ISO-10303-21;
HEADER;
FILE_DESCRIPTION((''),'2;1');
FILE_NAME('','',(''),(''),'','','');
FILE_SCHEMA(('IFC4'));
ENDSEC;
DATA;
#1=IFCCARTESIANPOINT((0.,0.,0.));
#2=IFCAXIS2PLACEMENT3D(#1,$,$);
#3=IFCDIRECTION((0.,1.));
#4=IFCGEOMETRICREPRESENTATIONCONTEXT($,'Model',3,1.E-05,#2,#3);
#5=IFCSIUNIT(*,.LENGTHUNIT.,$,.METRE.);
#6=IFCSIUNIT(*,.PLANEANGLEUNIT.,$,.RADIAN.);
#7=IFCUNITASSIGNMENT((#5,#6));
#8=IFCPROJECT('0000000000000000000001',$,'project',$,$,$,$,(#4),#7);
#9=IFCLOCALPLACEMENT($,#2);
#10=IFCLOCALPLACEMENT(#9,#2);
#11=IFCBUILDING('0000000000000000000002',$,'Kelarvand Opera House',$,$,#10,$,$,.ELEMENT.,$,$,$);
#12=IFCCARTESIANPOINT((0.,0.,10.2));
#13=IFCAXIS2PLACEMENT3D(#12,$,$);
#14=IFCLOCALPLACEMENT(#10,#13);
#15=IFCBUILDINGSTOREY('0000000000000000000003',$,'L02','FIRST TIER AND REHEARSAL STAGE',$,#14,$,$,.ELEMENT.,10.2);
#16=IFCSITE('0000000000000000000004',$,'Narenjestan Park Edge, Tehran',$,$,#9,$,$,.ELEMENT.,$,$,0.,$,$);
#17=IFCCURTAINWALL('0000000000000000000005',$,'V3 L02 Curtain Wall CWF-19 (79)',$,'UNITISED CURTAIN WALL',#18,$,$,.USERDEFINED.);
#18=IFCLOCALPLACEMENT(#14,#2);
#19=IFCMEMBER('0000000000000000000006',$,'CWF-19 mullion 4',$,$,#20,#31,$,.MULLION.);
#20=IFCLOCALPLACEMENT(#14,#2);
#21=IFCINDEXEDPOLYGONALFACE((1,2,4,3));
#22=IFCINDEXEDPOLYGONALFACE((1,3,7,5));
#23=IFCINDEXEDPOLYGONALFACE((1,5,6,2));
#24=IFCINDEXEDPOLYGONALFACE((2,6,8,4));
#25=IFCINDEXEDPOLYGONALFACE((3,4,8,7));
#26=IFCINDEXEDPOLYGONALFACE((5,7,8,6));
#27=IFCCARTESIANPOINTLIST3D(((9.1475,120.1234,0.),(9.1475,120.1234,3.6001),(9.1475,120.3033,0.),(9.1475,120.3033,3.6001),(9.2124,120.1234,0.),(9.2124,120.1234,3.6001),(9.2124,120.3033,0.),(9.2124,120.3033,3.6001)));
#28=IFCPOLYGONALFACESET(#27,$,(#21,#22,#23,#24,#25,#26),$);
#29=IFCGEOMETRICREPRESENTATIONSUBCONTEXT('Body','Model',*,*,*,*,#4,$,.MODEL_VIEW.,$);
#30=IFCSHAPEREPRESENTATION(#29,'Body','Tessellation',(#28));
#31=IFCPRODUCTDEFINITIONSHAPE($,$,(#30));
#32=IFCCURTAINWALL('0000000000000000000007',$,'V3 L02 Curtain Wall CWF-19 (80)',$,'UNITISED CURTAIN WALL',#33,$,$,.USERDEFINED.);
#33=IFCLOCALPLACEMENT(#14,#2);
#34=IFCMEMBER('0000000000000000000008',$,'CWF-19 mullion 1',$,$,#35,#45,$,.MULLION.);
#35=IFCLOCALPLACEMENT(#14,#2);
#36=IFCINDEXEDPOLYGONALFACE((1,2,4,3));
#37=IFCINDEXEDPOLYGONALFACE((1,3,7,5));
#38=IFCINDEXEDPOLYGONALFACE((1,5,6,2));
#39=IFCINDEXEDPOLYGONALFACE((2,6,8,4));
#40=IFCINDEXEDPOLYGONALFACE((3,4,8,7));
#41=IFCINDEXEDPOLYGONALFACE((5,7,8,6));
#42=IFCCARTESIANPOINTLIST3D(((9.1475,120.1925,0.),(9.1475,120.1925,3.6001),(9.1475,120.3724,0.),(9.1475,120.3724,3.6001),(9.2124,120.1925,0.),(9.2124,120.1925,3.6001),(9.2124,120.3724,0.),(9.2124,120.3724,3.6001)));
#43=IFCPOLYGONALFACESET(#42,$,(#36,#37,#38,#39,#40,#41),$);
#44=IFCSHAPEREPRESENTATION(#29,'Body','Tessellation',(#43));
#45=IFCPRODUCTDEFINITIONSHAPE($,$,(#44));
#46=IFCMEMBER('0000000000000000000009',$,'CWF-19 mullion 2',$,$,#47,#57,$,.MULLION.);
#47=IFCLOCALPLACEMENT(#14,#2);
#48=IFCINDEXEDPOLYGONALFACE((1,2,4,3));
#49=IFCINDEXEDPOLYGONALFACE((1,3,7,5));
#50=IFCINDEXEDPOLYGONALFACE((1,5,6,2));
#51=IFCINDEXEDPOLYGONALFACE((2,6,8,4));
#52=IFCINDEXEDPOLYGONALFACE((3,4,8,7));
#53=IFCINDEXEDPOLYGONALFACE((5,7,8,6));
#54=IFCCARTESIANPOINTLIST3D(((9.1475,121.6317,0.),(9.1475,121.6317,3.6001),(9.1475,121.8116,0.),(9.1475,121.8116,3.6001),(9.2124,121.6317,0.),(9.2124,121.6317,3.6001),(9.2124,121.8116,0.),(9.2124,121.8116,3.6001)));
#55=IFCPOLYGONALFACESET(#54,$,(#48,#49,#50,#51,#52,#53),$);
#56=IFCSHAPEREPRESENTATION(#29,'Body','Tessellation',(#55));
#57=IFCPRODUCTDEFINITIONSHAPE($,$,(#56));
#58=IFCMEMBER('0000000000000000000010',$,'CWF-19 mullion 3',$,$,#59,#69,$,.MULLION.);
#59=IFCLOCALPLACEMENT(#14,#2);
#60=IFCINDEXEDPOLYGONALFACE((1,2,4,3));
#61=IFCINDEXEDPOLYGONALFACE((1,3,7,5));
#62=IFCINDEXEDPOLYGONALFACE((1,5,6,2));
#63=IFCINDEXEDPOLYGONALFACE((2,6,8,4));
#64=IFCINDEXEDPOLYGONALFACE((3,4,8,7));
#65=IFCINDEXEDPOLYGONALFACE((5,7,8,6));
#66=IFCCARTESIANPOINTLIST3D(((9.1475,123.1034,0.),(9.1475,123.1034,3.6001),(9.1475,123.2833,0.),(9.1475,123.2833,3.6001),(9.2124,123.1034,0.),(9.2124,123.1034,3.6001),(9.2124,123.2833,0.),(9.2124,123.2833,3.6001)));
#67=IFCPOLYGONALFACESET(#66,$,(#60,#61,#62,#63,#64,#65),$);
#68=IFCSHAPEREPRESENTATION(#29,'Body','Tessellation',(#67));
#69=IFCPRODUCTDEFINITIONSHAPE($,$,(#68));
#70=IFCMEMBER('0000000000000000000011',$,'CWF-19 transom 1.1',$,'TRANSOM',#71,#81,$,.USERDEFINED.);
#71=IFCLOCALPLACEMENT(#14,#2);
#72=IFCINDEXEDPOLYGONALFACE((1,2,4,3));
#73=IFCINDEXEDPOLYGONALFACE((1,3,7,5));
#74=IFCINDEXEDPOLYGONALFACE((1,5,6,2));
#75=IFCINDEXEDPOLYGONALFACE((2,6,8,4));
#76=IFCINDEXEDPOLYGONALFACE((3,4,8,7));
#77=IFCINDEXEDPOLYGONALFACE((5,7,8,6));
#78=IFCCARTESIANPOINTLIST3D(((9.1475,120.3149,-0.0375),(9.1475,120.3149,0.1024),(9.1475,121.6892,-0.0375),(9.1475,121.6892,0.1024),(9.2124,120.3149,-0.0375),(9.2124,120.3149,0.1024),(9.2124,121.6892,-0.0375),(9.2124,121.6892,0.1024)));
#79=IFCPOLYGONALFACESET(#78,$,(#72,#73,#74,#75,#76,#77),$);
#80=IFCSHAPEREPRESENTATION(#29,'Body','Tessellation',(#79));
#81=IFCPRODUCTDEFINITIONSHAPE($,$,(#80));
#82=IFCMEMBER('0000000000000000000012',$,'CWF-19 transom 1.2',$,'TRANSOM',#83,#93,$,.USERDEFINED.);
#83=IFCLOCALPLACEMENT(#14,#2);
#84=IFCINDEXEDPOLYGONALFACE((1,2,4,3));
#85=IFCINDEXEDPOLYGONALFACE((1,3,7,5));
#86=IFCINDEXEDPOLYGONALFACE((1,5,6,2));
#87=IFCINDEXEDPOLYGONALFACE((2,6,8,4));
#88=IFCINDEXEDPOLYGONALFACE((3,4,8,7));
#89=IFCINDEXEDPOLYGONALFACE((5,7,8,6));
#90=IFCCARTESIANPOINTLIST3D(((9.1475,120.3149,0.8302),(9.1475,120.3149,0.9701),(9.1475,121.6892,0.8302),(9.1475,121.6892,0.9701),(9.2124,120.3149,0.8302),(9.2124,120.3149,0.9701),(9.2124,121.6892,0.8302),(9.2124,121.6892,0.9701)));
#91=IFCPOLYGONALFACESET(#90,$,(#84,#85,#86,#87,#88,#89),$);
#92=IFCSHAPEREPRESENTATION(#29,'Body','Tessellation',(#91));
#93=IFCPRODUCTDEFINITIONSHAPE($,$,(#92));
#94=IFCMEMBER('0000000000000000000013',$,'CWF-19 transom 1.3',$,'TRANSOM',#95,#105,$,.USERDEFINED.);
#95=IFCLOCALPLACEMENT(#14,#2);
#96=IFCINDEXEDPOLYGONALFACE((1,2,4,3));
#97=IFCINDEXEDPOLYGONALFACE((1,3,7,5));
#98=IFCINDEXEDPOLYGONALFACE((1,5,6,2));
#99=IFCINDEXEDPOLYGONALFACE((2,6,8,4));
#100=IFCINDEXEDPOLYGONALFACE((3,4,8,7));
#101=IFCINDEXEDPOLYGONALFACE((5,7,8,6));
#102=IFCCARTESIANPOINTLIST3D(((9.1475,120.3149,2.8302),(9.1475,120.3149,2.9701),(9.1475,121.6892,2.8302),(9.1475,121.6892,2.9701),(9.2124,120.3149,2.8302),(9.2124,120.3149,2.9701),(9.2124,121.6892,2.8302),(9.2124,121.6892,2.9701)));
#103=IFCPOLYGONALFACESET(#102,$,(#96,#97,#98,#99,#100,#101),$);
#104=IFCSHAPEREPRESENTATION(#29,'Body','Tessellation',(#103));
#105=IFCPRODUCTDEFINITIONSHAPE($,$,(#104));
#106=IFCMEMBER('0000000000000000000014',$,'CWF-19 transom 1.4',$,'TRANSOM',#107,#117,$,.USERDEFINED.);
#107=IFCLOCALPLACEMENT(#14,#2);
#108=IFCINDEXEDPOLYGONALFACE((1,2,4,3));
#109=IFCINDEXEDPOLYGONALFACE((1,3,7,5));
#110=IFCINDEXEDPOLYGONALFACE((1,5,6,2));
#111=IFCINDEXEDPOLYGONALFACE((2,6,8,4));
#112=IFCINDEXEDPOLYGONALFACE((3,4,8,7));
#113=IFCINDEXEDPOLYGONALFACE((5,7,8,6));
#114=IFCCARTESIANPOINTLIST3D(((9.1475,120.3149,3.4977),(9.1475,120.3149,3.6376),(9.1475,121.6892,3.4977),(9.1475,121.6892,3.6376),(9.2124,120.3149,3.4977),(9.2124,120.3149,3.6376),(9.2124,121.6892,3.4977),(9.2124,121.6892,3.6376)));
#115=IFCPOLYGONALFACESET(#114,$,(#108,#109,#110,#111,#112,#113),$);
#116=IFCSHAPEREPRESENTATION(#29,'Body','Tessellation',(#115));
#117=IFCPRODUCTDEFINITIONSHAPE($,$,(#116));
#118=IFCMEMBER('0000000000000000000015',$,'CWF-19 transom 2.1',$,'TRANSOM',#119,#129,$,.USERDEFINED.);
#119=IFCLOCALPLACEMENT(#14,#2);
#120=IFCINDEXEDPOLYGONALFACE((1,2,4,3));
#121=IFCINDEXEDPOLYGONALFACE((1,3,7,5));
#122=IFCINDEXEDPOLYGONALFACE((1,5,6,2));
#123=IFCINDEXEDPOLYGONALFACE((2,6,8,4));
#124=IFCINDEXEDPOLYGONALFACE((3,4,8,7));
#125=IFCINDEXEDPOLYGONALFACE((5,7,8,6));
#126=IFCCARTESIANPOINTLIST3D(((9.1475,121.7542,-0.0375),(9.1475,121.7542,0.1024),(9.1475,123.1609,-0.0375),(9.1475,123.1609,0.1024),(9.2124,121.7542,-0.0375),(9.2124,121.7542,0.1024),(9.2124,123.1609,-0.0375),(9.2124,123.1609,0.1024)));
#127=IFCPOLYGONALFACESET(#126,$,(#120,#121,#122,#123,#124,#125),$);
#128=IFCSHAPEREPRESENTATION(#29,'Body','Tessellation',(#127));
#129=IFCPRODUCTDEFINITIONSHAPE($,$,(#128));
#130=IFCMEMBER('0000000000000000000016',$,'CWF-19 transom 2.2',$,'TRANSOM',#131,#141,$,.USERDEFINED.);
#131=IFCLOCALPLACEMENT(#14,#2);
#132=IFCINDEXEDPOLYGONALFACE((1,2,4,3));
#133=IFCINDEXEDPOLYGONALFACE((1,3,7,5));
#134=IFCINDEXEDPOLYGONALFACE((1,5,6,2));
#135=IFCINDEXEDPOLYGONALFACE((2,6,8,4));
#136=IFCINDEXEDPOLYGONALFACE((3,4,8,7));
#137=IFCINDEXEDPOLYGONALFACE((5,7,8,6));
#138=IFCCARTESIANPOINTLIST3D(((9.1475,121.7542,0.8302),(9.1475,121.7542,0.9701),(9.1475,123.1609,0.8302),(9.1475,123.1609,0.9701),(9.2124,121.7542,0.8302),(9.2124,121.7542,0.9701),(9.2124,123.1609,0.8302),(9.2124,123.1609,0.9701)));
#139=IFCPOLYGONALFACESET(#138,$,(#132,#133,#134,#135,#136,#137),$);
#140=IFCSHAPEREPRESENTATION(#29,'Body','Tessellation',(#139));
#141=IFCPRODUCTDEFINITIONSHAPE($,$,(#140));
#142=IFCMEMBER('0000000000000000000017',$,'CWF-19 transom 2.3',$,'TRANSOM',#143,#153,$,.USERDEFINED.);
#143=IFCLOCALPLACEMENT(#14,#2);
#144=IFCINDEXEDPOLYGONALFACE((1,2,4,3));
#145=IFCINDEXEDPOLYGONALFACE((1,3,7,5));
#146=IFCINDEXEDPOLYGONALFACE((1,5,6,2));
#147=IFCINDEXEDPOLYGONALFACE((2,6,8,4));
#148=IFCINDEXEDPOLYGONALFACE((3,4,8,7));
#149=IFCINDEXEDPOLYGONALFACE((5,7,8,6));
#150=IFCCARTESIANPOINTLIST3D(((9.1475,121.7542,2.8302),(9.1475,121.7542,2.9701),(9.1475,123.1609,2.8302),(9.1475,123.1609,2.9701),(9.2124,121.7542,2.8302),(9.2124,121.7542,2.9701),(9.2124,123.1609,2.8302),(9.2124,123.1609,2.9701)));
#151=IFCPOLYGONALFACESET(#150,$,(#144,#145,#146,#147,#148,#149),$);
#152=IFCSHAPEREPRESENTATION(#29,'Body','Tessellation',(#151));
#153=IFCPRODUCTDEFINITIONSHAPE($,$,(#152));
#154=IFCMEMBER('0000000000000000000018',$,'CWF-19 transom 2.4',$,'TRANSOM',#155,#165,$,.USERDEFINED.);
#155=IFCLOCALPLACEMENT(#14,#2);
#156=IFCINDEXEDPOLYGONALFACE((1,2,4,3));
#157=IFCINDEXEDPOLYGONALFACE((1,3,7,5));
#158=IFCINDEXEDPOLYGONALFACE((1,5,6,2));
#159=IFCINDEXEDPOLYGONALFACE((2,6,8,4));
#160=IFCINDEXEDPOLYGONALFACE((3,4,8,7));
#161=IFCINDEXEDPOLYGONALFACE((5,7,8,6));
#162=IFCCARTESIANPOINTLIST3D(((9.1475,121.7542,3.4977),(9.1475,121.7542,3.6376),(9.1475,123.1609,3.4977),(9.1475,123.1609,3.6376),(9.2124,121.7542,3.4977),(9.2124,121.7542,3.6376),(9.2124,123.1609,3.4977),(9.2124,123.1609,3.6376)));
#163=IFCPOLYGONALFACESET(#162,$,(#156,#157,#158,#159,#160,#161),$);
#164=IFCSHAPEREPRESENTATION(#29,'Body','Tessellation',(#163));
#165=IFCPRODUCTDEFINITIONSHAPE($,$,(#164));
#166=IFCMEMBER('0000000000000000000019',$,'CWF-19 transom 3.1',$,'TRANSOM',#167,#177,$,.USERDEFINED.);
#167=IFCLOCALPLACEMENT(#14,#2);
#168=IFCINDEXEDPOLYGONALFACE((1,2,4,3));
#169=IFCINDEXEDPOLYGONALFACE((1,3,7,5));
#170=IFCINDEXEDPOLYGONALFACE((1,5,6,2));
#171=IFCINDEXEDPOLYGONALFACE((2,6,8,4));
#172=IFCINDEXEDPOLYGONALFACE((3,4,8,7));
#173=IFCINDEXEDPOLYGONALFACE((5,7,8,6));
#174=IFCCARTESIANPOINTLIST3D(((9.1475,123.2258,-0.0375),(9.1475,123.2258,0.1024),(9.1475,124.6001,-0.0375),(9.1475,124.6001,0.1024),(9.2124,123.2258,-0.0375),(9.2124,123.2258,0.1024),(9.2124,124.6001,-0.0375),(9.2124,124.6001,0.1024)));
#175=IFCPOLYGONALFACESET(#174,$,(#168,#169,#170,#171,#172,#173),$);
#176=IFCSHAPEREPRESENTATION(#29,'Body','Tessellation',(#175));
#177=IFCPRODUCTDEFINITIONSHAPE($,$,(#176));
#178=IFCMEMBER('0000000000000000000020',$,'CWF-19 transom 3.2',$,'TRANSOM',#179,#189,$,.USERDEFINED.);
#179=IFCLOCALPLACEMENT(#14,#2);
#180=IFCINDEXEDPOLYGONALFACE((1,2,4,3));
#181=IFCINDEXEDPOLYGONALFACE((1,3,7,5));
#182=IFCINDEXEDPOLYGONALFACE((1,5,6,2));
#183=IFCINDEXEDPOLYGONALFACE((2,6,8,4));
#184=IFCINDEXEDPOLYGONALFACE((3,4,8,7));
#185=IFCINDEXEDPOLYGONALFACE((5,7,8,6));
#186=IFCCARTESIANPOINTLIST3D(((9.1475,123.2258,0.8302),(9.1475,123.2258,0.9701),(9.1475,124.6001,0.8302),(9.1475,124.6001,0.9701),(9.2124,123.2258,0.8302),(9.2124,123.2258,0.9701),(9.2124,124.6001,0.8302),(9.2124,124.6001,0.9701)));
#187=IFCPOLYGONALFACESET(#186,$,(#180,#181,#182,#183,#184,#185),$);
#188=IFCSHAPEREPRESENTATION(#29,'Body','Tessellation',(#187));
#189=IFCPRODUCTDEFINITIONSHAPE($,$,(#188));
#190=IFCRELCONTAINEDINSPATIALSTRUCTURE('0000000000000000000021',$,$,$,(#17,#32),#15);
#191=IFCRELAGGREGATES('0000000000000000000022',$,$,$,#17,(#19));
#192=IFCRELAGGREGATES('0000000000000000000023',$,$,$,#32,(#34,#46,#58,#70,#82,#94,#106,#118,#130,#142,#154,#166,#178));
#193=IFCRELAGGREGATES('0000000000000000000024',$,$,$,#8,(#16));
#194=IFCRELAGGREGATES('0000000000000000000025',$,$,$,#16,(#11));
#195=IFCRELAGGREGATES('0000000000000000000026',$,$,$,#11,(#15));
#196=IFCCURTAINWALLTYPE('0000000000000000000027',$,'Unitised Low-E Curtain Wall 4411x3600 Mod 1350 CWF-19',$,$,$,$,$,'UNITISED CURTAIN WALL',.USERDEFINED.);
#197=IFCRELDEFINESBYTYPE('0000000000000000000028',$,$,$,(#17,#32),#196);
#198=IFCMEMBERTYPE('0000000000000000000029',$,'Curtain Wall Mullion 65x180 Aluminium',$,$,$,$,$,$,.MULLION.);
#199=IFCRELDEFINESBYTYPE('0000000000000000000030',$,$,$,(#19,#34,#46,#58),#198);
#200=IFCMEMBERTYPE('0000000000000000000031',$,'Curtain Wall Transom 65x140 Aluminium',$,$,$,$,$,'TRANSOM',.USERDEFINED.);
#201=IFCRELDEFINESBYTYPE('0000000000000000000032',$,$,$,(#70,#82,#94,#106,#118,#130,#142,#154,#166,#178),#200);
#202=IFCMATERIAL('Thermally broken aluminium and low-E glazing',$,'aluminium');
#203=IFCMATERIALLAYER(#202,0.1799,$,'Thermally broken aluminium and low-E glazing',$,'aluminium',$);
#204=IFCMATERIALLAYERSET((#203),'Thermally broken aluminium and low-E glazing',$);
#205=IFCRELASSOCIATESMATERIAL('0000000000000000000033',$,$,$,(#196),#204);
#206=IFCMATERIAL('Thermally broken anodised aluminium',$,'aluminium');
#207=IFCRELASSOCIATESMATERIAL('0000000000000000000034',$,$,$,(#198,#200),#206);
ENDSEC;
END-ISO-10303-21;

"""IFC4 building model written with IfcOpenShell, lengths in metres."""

from ifc_helpers import new_model, si_unit, direction, frame, origin, origin_2d, place, context, subcontext, project, spatial, rectangle, extrude, material, layer, layer_set, material_profile, profile_set, type_object, element, aggregate, save


model = new_model("IFC4")

# Units and contexts
model_context = context("Model", 3, precision=1e-05, world=origin(), true_north=direction((0.0, 1.0)))
body_context = subcontext(model_context, "Body", "Model", "MODEL_VIEW")
ifc_project = project(units=[si_unit("LENGTHUNIT", "METRE"), si_unit("PLANEANGLEUNIT", "RADIAN")], contexts=[model_context])

# Site, building, storey
site_placement = place(None, origin())
site = spatial("IfcSite", under=ifc_project, at=site_placement, Name="Narenjestan Park Edge, Tehran", CompositionType="ELEMENT", RefElevation=0.0)
building_placement = place(site_placement, origin())
building = spatial("IfcBuilding", under=site, at=building_placement, Name="Kelarvand Opera House", CompositionType="ELEMENT")
storey_placement = place(building_placement, frame((0.0, 0.0, 10.2)))
storey = spatial("IfcBuildingStorey", under=building, at=storey_placement, Name="L02", Description="FIRST TIER AND REHEARSAL STAGE", CompositionType="ELEMENT", Elevation=10.2)

# Curtain wall, member
ifc_material_1 = material(Name="Thermally broken aluminium and low-E glazing", Category="aluminium")
ifc_layer_1 = layer(ifc_material_1, 0.1799, Name="Thermally broken aluminium and low-E glazing", Category="aluminium")
ifc_layer_set_1 = layer_set([ifc_layer_1], Name="Thermally broken aluminium and low-E glazing")
curtain_wall_type = type_object("IfcCurtainWallType", Name="Unitised Low-E Curtain Wall 4411x3600 Mod 1350 CWF-19", ElementType="UNITISED CURTAIN WALL", PredefinedType="USERDEFINED", material=ifc_layer_set_1)
curtain_wall_1_placement = place(storey_placement, origin())
curtain_wall_1 = element("IfcCurtainWall", 1, at=curtain_wall_1_placement, inside=storey, type_object=curtain_wall_type, Name="V3 L02 Curtain Wall CWF-19 (79)", ObjectType="UNITISED CURTAIN WALL", PredefinedType="USERDEFINED")
ifc_material_2 = material(Name="Thermally broken anodised aluminium", Category="aluminium")
ifc_material_profile_1 = material_profile(ifc_material_2, rectangle(XDim=0.0649, YDim=0.1799, at=origin_2d()), Name="ALU MULLION 65x180", Category="aluminium")
ifc_profile_set_1 = profile_set([ifc_material_profile_1], Name="Thermally broken anodised aluminium")
member_type_1 = type_object("IfcMemberType", Name="Curtain Wall Mullion 65x180 Aluminium", PredefinedType="MULLION", material=ifc_profile_set_1)
member_1_placement = place(storey_placement, frame((9.1799, 120.2134, 0.0), z_axis=(0.0, 0.0, 1.0), x_axis=(-1.0, 0.0, 0.0)))
member_1 = element("IfcMember", 2, at=member_1_placement, type_object=member_type_1, Name="CWF-19 mullion 4", PredefinedType="MULLION", context=body_context, shape_type="SweptSolid", body=[
    extrude(rectangle(XDim=0.0649, YDim=0.1799, at=origin_2d()), origin(), (0.0, 0.0, 1.0), 3.6001),
])

# Curtain wall, members
curtain_wall_2_placement = place(storey_placement, origin())
curtain_wall_2 = element("IfcCurtainWall", 3, at=curtain_wall_2_placement, inside=storey, type_object=curtain_wall_type, Name="V3 L02 Curtain Wall CWF-19 (80)", ObjectType="UNITISED CURTAIN WALL", PredefinedType="USERDEFINED")
member_2_placement = place(storey_placement, frame((9.1799, 120.2825, 0.0), z_axis=(0.0, 0.0, 1.0), x_axis=(-1.0, 0.0, 0.0)))
member_2 = element("IfcMember", 4, at=member_2_placement, type_object=member_type_1, Name="CWF-19 mullion 1", PredefinedType="MULLION", context=body_context, shape_type="SweptSolid", body=[
    extrude(rectangle(XDim=0.0649, YDim=0.1799, at=origin_2d()), origin(), (0.0, 0.0, 1.0), 3.6001),
])
member_3_placement = place(storey_placement, frame((9.1799, 121.7217, 0.0), z_axis=(0.0, 0.0, 1.0), x_axis=(-1.0, 0.0, 0.0)))
member_3 = element("IfcMember", 5, at=member_3_placement, type_object=member_type_1, Name="CWF-19 mullion 2", PredefinedType="MULLION", context=body_context, shape_type="SweptSolid", body=[
    extrude(rectangle(XDim=0.0649, YDim=0.1799, at=origin_2d()), origin(), (0.0, 0.0, 1.0), 3.6001),
])
member_4_placement = place(storey_placement, frame((9.1799, 123.1934, 0.0), z_axis=(0.0, 0.0, 1.0), x_axis=(-1.0, 0.0, 0.0)))
member_4 = element("IfcMember", 6, at=member_4_placement, type_object=member_type_1, Name="CWF-19 mullion 3", PredefinedType="MULLION", context=body_context, shape_type="SweptSolid", body=[
    extrude(rectangle(XDim=0.0649, YDim=0.1799, at=origin_2d()), origin(), (0.0, 0.0, 1.0), 3.6001),
])
ifc_material_profile_2 = material_profile(ifc_material_2, rectangle(XDim=0.0649, YDim=0.1399, at=origin_2d()), Name="ALU TRANSOM 65x140", Category="aluminium")
ifc_profile_set_2 = profile_set([ifc_material_profile_2], Name="Thermally broken anodised aluminium")
member_type_2 = type_object("IfcMemberType", Name="Curtain Wall Transom 65x140 Aluminium", ElementType="TRANSOM", PredefinedType="USERDEFINED", material=ifc_profile_set_2)
member_5_placement = place(storey_placement, frame((9.1799, 120.3149, 0.0325), z_axis=(0.0, 1.0, 0.0), x_axis=(-1.0, 0.0, 0.0)))
member_5 = element("IfcMember", 7, at=member_5_placement, type_object=member_type_2, Name="CWF-19 transom 1.1", ObjectType="TRANSOM", PredefinedType="USERDEFINED", context=body_context, shape_type="SweptSolid", body=[
    extrude(rectangle(XDim=0.0649, YDim=0.1399, at=origin_2d()), origin(), (0.0, 0.0, 1.0), 1.3743),
])
member_6_placement = place(storey_placement, frame((9.1799, 120.3149, 0.9001), z_axis=(0.0, 1.0, 0.0), x_axis=(-1.0, 0.0, 0.0)))
member_6 = element("IfcMember", 8, at=member_6_placement, type_object=member_type_2, Name="CWF-19 transom 1.2", ObjectType="TRANSOM", PredefinedType="USERDEFINED", context=body_context, shape_type="SweptSolid", body=[
    extrude(rectangle(XDim=0.0649, YDim=0.1399, at=origin_2d()), origin(), (0.0, 0.0, 1.0), 1.3743),
])
member_7_placement = place(storey_placement, frame((9.1799, 120.3149, 2.9001), z_axis=(0.0, 1.0, 0.0), x_axis=(-1.0, 0.0, 0.0)))
member_7 = element("IfcMember", 9, at=member_7_placement, type_object=member_type_2, Name="CWF-19 transom 1.3", ObjectType="TRANSOM", PredefinedType="USERDEFINED", context=body_context, shape_type="SweptSolid", body=[
    extrude(rectangle(XDim=0.0649, YDim=0.1399, at=origin_2d()), origin(), (0.0, 0.0, 1.0), 1.3743),
])
member_8_placement = place(storey_placement, frame((9.1799, 120.3149, 3.5676), z_axis=(0.0, 1.0, 0.0), x_axis=(-1.0, 0.0, 0.0)))
member_8 = element("IfcMember", 10, at=member_8_placement, type_object=member_type_2, Name="CWF-19 transom 1.4", ObjectType="TRANSOM", PredefinedType="USERDEFINED", context=body_context, shape_type="SweptSolid", body=[
    extrude(rectangle(XDim=0.0649, YDim=0.1399, at=origin_2d()), origin(), (0.0, 0.0, 1.0), 1.3743),
])
member_9_placement = place(storey_placement, frame((9.1799, 121.7542, 0.0325), z_axis=(0.0, 1.0, 0.0), x_axis=(-1.0, 0.0, 0.0)))
member_9 = element("IfcMember", 11, at=member_9_placement, type_object=member_type_2, Name="CWF-19 transom 2.1", ObjectType="TRANSOM", PredefinedType="USERDEFINED", context=body_context, shape_type="SweptSolid", body=[
    extrude(rectangle(XDim=0.0649, YDim=0.1399, at=origin_2d()), origin(), (0.0, 0.0, 1.0), 1.4067),
])
member_10_placement = place(storey_placement, frame((9.1799, 121.7542, 0.9001), z_axis=(0.0, 1.0, 0.0), x_axis=(-1.0, 0.0, 0.0)))
member_10 = element("IfcMember", 12, at=member_10_placement, type_object=member_type_2, Name="CWF-19 transom 2.2", ObjectType="TRANSOM", PredefinedType="USERDEFINED", context=body_context, shape_type="SweptSolid", body=[
    extrude(rectangle(XDim=0.0649, YDim=0.1399, at=origin_2d()), origin(), (0.0, 0.0, 1.0), 1.4067),
])
member_11_placement = place(storey_placement, frame((9.1799, 121.7542, 2.9001), z_axis=(0.0, 1.0, 0.0), x_axis=(-1.0, 0.0, 0.0)))
member_11 = element("IfcMember", 13, at=member_11_placement, type_object=member_type_2, Name="CWF-19 transom 2.3", ObjectType="TRANSOM", PredefinedType="USERDEFINED", context=body_context, shape_type="SweptSolid", body=[
    extrude(rectangle(XDim=0.0649, YDim=0.1399, at=origin_2d()), origin(), (0.0, 0.0, 1.0), 1.4067),
])
member_12_placement = place(storey_placement, frame((9.1799, 121.7542, 3.5676), z_axis=(0.0, 1.0, 0.0), x_axis=(-1.0, 0.0, 0.0)))
member_12 = element("IfcMember", 14, at=member_12_placement, type_object=member_type_2, Name="CWF-19 transom 2.4", ObjectType="TRANSOM", PredefinedType="USERDEFINED", context=body_context, shape_type="SweptSolid", body=[
    extrude(rectangle(XDim=0.0649, YDim=0.1399, at=origin_2d()), origin(), (0.0, 0.0, 1.0), 1.4067),
])
member_13_placement = place(storey_placement, frame((9.1799, 123.2258, 0.0325), z_axis=(0.0, 1.0, 0.0), x_axis=(-1.0, 0.0, 0.0)))
member_13 = element("IfcMember", 15, at=member_13_placement, type_object=member_type_2, Name="CWF-19 transom 3.1", ObjectType="TRANSOM", PredefinedType="USERDEFINED", context=body_context, shape_type="SweptSolid", body=[
    extrude(rectangle(XDim=0.0649, YDim=0.1399, at=origin_2d()), origin(), (0.0, 0.0, 1.0), 1.3743),
])
member_14_placement = place(storey_placement, frame((9.1799, 123.2258, 0.9001), z_axis=(0.0, 1.0, 0.0), x_axis=(-1.0, 0.0, 0.0)))
member_14 = element("IfcMember", 16, at=member_14_placement, type_object=member_type_2, Name="CWF-19 transom 3.2", ObjectType="TRANSOM", PredefinedType="USERDEFINED", context=body_context, shape_type="SweptSolid", body=[
    extrude(rectangle(XDim=0.0649, YDim=0.1399, at=origin_2d()), origin(), (0.0, 0.0, 1.0), 1.3743),
])

aggregate(curtain_wall_1, [member_1])
aggregate(curtain_wall_2, [member_2, member_3, member_4, member_5, member_6, member_7, member_8, member_9, member_10, member_11, member_12, member_13, member_14])

save(model, "model.ifc")
